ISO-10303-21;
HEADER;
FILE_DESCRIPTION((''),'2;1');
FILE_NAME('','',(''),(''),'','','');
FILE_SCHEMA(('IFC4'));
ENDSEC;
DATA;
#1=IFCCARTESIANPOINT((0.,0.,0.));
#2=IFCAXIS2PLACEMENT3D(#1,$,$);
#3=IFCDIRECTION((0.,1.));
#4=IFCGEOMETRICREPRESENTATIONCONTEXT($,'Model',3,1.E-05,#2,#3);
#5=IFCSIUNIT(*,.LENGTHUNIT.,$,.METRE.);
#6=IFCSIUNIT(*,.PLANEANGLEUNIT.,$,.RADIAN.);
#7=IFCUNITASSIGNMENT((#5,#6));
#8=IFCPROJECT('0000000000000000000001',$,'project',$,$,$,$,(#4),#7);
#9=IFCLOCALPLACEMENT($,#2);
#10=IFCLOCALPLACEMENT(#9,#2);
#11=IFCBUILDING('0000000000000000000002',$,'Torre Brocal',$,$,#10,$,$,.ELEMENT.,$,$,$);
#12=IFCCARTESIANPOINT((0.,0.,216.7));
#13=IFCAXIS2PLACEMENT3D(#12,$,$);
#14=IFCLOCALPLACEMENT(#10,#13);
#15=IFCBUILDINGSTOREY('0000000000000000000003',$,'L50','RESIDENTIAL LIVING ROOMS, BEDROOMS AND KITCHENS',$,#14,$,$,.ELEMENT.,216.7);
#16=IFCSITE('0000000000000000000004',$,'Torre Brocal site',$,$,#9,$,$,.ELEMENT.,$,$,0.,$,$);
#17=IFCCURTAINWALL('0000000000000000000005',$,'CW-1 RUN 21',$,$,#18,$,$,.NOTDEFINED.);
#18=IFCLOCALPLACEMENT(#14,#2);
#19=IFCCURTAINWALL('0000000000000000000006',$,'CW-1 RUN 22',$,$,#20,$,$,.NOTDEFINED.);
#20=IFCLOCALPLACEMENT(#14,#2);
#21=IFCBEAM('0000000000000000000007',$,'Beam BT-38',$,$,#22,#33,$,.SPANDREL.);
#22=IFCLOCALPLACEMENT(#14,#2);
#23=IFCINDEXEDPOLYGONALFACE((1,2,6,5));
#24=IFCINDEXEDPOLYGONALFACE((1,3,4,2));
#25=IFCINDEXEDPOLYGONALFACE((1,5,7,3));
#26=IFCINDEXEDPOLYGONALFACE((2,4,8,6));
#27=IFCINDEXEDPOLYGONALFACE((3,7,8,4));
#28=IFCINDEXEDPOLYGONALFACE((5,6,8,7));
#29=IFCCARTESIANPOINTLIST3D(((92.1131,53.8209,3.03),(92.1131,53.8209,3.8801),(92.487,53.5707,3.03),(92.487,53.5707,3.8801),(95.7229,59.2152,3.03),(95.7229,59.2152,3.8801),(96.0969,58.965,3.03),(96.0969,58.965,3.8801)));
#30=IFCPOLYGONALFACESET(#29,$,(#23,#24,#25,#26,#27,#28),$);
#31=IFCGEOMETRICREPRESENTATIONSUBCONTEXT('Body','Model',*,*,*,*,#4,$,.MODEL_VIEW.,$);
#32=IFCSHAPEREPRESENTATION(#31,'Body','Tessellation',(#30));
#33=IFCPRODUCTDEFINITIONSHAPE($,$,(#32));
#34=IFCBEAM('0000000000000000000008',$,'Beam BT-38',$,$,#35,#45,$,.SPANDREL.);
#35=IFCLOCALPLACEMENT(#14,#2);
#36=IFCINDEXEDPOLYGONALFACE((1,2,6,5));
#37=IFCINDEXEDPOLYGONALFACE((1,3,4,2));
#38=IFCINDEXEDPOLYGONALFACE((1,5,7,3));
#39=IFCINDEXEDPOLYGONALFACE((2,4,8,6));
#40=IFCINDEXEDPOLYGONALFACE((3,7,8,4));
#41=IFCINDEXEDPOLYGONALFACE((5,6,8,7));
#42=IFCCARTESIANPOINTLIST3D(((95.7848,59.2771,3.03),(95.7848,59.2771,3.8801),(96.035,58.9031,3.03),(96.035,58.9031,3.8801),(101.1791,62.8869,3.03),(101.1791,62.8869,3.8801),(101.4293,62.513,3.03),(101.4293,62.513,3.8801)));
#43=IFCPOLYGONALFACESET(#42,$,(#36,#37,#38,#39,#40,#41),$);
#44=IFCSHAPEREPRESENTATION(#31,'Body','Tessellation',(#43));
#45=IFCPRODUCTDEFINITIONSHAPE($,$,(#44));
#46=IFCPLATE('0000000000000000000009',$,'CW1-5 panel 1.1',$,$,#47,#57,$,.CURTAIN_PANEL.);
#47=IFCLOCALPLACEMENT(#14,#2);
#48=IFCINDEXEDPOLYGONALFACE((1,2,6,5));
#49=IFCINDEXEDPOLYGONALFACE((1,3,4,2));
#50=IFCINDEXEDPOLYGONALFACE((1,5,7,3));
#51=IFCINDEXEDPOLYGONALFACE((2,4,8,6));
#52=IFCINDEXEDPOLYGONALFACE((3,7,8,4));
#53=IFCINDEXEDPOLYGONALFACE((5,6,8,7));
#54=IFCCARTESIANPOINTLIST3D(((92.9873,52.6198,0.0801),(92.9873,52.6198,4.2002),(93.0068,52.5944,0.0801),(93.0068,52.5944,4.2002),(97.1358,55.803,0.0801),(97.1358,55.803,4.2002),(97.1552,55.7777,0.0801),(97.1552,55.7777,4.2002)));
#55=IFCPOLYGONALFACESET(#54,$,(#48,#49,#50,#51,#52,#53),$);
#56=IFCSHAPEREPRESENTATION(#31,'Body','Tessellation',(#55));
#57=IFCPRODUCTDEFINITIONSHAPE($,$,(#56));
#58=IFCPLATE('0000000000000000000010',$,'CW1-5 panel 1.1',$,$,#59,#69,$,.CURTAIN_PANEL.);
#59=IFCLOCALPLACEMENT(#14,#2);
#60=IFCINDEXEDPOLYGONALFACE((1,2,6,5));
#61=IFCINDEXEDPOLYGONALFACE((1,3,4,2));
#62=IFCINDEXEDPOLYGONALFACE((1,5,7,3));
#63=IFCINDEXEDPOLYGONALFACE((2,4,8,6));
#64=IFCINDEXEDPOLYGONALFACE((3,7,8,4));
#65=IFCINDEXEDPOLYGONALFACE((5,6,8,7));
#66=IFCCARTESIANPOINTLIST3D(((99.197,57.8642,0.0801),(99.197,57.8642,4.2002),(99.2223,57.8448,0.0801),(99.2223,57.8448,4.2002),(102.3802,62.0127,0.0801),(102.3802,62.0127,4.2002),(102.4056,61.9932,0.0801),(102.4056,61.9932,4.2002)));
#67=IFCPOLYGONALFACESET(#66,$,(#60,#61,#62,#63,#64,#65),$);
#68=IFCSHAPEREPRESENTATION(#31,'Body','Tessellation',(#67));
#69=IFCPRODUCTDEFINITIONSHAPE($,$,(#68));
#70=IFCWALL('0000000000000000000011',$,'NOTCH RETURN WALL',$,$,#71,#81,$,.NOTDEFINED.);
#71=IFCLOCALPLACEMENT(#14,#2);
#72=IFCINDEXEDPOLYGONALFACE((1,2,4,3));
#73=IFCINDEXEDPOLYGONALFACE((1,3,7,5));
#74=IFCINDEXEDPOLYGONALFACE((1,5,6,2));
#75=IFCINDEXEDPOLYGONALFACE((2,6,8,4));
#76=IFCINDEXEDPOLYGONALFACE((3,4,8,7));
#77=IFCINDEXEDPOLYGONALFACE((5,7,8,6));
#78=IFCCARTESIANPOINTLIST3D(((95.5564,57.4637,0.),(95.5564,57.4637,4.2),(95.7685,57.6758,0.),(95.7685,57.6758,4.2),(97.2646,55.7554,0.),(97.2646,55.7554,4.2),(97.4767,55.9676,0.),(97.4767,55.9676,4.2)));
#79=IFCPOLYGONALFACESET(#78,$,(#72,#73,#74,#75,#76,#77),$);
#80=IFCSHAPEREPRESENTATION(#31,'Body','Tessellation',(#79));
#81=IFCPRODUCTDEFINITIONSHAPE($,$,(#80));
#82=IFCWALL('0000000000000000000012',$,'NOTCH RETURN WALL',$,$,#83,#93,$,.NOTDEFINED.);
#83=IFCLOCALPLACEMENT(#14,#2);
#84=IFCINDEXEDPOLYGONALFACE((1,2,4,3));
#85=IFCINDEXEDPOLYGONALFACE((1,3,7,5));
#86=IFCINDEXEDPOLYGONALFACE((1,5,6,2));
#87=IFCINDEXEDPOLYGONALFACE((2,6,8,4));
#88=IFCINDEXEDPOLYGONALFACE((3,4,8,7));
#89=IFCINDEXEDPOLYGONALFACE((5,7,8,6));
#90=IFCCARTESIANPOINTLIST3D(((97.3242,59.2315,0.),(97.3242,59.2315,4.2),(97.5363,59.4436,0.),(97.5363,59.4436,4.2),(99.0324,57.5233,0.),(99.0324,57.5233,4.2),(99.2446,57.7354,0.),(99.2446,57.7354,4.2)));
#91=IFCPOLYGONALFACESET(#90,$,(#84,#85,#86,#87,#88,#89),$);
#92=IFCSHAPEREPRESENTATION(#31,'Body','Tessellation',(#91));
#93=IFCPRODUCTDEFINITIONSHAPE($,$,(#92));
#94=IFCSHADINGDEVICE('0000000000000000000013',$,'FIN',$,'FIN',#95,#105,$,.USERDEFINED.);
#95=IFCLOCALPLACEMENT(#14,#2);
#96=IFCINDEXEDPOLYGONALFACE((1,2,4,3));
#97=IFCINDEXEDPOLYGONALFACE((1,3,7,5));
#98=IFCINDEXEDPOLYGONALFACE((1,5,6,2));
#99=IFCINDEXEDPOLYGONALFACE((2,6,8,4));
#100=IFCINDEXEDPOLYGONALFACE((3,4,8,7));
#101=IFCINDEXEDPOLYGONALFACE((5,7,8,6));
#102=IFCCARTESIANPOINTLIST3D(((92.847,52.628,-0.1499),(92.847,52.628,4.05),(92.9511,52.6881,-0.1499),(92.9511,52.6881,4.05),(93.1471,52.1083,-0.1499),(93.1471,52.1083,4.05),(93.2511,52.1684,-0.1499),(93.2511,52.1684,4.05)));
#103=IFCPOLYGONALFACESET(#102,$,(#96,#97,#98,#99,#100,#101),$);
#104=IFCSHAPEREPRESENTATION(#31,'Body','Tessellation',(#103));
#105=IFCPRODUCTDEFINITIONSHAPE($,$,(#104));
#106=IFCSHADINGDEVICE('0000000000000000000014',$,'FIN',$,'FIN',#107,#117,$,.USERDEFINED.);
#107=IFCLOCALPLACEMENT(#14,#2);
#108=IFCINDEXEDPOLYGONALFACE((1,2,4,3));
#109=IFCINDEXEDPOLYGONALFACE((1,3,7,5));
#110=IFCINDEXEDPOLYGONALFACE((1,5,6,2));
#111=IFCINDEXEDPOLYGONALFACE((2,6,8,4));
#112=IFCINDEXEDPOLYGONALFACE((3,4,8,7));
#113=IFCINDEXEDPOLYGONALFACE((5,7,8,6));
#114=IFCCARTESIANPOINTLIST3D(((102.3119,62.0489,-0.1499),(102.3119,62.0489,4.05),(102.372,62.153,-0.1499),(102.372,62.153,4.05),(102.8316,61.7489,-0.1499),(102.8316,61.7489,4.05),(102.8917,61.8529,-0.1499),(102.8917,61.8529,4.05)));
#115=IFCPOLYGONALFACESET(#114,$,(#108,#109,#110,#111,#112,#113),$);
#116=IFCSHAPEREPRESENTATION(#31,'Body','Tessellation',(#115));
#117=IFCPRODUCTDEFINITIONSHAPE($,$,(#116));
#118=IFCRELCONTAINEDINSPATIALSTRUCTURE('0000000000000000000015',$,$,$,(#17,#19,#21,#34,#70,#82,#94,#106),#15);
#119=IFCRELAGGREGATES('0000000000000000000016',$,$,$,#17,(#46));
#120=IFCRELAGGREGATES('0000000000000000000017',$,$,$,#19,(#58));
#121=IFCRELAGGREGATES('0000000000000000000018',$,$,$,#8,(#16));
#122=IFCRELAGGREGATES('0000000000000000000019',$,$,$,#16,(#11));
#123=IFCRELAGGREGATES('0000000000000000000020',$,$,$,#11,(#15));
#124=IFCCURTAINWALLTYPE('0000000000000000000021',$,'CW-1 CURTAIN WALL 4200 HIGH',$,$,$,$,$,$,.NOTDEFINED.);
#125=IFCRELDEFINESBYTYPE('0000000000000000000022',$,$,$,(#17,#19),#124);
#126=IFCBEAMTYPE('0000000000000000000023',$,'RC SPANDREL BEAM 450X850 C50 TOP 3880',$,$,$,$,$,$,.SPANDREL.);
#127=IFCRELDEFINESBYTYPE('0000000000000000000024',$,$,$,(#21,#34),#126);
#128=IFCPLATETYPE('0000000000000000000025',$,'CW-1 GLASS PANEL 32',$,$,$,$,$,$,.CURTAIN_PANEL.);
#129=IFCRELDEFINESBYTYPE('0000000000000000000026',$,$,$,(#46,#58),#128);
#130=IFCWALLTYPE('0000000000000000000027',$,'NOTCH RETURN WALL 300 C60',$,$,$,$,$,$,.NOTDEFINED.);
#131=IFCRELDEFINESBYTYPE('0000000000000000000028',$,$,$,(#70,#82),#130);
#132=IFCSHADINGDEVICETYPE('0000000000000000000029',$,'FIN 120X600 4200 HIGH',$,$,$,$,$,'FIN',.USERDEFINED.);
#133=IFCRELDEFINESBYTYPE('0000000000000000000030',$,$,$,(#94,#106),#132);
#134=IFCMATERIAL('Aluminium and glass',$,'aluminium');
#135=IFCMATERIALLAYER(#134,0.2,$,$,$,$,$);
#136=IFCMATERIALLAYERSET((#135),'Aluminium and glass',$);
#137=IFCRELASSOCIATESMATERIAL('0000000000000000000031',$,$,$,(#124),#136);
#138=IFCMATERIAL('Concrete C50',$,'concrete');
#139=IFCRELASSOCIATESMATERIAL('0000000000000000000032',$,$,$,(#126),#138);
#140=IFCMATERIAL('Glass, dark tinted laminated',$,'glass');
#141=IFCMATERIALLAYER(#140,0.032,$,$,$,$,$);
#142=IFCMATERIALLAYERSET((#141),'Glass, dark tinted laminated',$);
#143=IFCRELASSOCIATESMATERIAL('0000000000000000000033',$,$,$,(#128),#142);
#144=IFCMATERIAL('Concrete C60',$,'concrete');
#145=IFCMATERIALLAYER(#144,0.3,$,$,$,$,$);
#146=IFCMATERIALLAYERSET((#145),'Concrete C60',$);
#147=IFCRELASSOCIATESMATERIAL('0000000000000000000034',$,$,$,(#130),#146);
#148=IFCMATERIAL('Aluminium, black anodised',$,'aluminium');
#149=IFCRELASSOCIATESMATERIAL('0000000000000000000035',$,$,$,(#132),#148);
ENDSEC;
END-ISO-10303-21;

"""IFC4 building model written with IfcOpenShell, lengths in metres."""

from ifc_helpers import new_model, si_unit, direction, frame, frame_2d, origin, origin_2d, place, context, subcontext, project, spatial, rectangle, extrude, material, layer, layer_set, material_profile, profile_set, type_object, element, aggregate, save


model = new_model("IFC4")

# Units and contexts
model_context = context("Model", 3, precision=1e-05, world=origin(), true_north=direction((0.0, 1.0)))
body_context = subcontext(model_context, "Body", "Model", "MODEL_VIEW")
ifc_project = project(units=[si_unit("LENGTHUNIT", "METRE"), si_unit("PLANEANGLEUNIT", "RADIAN")], contexts=[model_context])

# Site, building, storey
site_placement = place(None, origin())
site = spatial("IfcSite", under=ifc_project, at=site_placement, Name="Torre Brocal site", CompositionType="ELEMENT", RefElevation=0.0)
building_placement = place(site_placement, origin())
building = spatial("IfcBuilding", under=site, at=building_placement, Name="Torre Brocal", CompositionType="ELEMENT")
storey_placement = place(building_placement, frame((0.0, 0.0, 216.7)))
storey = spatial("IfcBuildingStorey", under=building, at=storey_placement, Name="L50", Description="RESIDENTIAL LIVING ROOMS, BEDROOMS AND KITCHENS", CompositionType="ELEMENT", Elevation=216.7)

# Shared definitions
ifc_material_1 = material(Name="Aluminium and glass", Category="aluminium")
ifc_layer_1 = layer(ifc_material_1, 0.2)
ifc_layer_set_1 = layer_set([ifc_layer_1], Name="Aluminium and glass")
curtain_wall_type = type_object("IfcCurtainWallType", Name="CW-1 CURTAIN WALL 4200 HIGH", PredefinedType="NOTDEFINED", material=ifc_layer_set_1)

# Curtain walls
curtain_wall_1_placement = place(storey_placement, origin())
curtain_wall_1 = element("IfcCurtainWall", 1, at=curtain_wall_1_placement, inside=storey, type_object=curtain_wall_type, Name="CW-1 RUN 21", PredefinedType="NOTDEFINED")
curtain_wall_2_placement = place(storey_placement, origin())
curtain_wall_2 = element("IfcCurtainWall", 2, at=curtain_wall_2_placement, inside=storey, type_object=curtain_wall_type, Name="CW-1 RUN 22", PredefinedType="NOTDEFINED")

# Beams
ifc_material_2 = material(Name="Concrete C50", Category="concrete")
ifc_material_profile_1 = material_profile(ifc_material_2, rectangle(XDim=0.45, YDim=0.8501, at=origin_2d()), Name="RC 450X850")
ifc_profile_set_1 = profile_set([ifc_material_profile_1], Name="Concrete C50")
beam_type_1 = type_object("IfcBeamType", Name="RC SPANDREL BEAM 450X850 C50 TOP 3880", PredefinedType="SPANDREL", material=ifc_profile_set_1)
for number, where, z_axis, x_axis, name in (
    (3, (92.3, 53.6958, 3.4551), (0.556158, 0.831077, 0.0), (-0.831077, 0.556158, 0.0), "Beam BT-38"),
    (4, (95.9099, 59.0901, 3.4551), (0.831077, 0.556158, 0.0), (-0.556158, 0.831077, 0.0), "Beam BT-38"),
):
    element("IfcBeam", number, at=place(storey_placement, frame(where, z_axis=z_axis, x_axis=x_axis)), inside=storey, type_object=beam_type_1, Name=name, PredefinedType="SPANDREL", context=body_context, shape_type="SweptSolid", body=[
        extrude(rectangle(XDim=0.45, YDim=0.8501, at=origin_2d()), origin(), (0.0, 0.0, 1.0), 6.4907),
    ])

# Plates
ifc_material_3 = material(Name="Glass, dark tinted laminated", Category="glass")
ifc_layer_2 = layer(ifc_material_3, 0.032)
ifc_layer_set_2 = layer_set([ifc_layer_2], Name="Glass, dark tinted laminated")
plate_type = type_object("IfcPlateType", Name="CW-1 GLASS PANEL 32", PredefinedType="CURTAIN_PANEL", material=ifc_layer_set_2)
plate_1_placement = place(storey_placement, frame((95.0713, 54.1987, 0.0801), z_axis=(0.0, 0.0, 1.0), x_axis=(0.793353, 0.608761, 0.0)))
plate_1 = element("IfcPlate", 5, at=plate_1_placement, type_object=plate_type, Name="CW1-5 panel 1.1", PredefinedType="CURTAIN_PANEL", context=body_context, shape_type="SweptSolid", body=[
    extrude(rectangle(XDim=5.229, YDim=0.032, at=origin_2d()), origin(), (0.0, 0.0, 1.0), 4.1201),
])
aggregate(curtain_wall_1, [plate_1])
plate_2_placement = place(storey_placement, frame((100.8013, 59.9287, 0.0801), z_axis=(0.0, 0.0, 1.0), x_axis=(0.608761, 0.793353, 0.0)))
plate_2 = element("IfcPlate", 6, at=plate_2_placement, type_object=plate_type, Name="CW1-5 panel 1.1", PredefinedType="CURTAIN_PANEL", context=body_context, shape_type="SweptSolid", body=[
    extrude(rectangle(XDim=5.229, YDim=0.032, at=origin_2d()), origin(), (0.0, 0.0, 1.0), 4.1201),
])
aggregate(curtain_wall_2, [plate_2])

# Walls
ifc_material_4 = material(Name="Concrete C60", Category="concrete")
ifc_layer_3 = layer(ifc_material_4, 0.3)
ifc_layer_set_3 = layer_set([ifc_layer_3], Name="Concrete C60")
wall_type = type_object("IfcWallType", Name="NOTCH RETURN WALL 300 C60", PredefinedType="NOTDEFINED", material=ifc_layer_set_3)
for number, where, z_axis, x_axis, name in (
    (7, (95.6624, 57.5698, 0.0), (0.0, 0.0, 1.0), (0.707107, -0.707107, 0.0), "NOTCH RETURN WALL"),
    (8, (97.4302, 59.3376, 0.0), (0.0, 0.0, 1.0), (0.707107, -0.707107, 0.0), "NOTCH RETURN WALL"),
):
    element("IfcWall", number, at=place(storey_placement, frame(where, z_axis=z_axis, x_axis=x_axis)), inside=storey, type_object=wall_type, Name=name, PredefinedType="NOTDEFINED", context=body_context, shape_type="SweptSolid", body=[
        extrude(rectangle(XDim=2.4158, YDim=0.3, at=frame_2d((1.208, 0.0))), origin(), (0.0, 0.0, 1.0), 4.2),
    ])

# Shading devices
ifc_material_5 = material(Name="Aluminium, black anodised", Category="aluminium")
ifc_material_profile_2 = material_profile(ifc_material_5, rectangle(XDim=0.1201, YDim=0.6001, at=origin_2d()), Name="FIN 120X600 4200 HIGH")
ifc_profile_set_2 = profile_set([ifc_material_profile_2], Name="Aluminium, black anodised")
shading_device_type = type_object("IfcShadingDeviceType", Name="FIN 120X600 4200 HIGH", ElementType="FIN", PredefinedType="USERDEFINED", material=ifc_profile_set_2)
for number, where, z_axis, x_axis, name in (
    (9, (93.0491, 52.3982, -0.1499), (0.0, 0.0, 1.0), (0.866025, 0.5, 0.0), "FIN"),
    (10, (102.6018, 61.9509, -0.1499), (0.0, 0.0, 1.0), (0.5, 0.866025, 0.0), "FIN"),
):
    element("IfcShadingDevice", number, at=place(storey_placement, frame(where, z_axis=z_axis, x_axis=x_axis)), inside=storey, type_object=shading_device_type, Name=name, ObjectType="FIN", PredefinedType="USERDEFINED", context=body_context, shape_type="SweptSolid", body=[
        extrude(rectangle(XDim=0.1201, YDim=0.6001, at=origin_2d()), origin(), (0.0, 0.0, 1.0), 4.2),
    ])

save(model, "model.ifc")
